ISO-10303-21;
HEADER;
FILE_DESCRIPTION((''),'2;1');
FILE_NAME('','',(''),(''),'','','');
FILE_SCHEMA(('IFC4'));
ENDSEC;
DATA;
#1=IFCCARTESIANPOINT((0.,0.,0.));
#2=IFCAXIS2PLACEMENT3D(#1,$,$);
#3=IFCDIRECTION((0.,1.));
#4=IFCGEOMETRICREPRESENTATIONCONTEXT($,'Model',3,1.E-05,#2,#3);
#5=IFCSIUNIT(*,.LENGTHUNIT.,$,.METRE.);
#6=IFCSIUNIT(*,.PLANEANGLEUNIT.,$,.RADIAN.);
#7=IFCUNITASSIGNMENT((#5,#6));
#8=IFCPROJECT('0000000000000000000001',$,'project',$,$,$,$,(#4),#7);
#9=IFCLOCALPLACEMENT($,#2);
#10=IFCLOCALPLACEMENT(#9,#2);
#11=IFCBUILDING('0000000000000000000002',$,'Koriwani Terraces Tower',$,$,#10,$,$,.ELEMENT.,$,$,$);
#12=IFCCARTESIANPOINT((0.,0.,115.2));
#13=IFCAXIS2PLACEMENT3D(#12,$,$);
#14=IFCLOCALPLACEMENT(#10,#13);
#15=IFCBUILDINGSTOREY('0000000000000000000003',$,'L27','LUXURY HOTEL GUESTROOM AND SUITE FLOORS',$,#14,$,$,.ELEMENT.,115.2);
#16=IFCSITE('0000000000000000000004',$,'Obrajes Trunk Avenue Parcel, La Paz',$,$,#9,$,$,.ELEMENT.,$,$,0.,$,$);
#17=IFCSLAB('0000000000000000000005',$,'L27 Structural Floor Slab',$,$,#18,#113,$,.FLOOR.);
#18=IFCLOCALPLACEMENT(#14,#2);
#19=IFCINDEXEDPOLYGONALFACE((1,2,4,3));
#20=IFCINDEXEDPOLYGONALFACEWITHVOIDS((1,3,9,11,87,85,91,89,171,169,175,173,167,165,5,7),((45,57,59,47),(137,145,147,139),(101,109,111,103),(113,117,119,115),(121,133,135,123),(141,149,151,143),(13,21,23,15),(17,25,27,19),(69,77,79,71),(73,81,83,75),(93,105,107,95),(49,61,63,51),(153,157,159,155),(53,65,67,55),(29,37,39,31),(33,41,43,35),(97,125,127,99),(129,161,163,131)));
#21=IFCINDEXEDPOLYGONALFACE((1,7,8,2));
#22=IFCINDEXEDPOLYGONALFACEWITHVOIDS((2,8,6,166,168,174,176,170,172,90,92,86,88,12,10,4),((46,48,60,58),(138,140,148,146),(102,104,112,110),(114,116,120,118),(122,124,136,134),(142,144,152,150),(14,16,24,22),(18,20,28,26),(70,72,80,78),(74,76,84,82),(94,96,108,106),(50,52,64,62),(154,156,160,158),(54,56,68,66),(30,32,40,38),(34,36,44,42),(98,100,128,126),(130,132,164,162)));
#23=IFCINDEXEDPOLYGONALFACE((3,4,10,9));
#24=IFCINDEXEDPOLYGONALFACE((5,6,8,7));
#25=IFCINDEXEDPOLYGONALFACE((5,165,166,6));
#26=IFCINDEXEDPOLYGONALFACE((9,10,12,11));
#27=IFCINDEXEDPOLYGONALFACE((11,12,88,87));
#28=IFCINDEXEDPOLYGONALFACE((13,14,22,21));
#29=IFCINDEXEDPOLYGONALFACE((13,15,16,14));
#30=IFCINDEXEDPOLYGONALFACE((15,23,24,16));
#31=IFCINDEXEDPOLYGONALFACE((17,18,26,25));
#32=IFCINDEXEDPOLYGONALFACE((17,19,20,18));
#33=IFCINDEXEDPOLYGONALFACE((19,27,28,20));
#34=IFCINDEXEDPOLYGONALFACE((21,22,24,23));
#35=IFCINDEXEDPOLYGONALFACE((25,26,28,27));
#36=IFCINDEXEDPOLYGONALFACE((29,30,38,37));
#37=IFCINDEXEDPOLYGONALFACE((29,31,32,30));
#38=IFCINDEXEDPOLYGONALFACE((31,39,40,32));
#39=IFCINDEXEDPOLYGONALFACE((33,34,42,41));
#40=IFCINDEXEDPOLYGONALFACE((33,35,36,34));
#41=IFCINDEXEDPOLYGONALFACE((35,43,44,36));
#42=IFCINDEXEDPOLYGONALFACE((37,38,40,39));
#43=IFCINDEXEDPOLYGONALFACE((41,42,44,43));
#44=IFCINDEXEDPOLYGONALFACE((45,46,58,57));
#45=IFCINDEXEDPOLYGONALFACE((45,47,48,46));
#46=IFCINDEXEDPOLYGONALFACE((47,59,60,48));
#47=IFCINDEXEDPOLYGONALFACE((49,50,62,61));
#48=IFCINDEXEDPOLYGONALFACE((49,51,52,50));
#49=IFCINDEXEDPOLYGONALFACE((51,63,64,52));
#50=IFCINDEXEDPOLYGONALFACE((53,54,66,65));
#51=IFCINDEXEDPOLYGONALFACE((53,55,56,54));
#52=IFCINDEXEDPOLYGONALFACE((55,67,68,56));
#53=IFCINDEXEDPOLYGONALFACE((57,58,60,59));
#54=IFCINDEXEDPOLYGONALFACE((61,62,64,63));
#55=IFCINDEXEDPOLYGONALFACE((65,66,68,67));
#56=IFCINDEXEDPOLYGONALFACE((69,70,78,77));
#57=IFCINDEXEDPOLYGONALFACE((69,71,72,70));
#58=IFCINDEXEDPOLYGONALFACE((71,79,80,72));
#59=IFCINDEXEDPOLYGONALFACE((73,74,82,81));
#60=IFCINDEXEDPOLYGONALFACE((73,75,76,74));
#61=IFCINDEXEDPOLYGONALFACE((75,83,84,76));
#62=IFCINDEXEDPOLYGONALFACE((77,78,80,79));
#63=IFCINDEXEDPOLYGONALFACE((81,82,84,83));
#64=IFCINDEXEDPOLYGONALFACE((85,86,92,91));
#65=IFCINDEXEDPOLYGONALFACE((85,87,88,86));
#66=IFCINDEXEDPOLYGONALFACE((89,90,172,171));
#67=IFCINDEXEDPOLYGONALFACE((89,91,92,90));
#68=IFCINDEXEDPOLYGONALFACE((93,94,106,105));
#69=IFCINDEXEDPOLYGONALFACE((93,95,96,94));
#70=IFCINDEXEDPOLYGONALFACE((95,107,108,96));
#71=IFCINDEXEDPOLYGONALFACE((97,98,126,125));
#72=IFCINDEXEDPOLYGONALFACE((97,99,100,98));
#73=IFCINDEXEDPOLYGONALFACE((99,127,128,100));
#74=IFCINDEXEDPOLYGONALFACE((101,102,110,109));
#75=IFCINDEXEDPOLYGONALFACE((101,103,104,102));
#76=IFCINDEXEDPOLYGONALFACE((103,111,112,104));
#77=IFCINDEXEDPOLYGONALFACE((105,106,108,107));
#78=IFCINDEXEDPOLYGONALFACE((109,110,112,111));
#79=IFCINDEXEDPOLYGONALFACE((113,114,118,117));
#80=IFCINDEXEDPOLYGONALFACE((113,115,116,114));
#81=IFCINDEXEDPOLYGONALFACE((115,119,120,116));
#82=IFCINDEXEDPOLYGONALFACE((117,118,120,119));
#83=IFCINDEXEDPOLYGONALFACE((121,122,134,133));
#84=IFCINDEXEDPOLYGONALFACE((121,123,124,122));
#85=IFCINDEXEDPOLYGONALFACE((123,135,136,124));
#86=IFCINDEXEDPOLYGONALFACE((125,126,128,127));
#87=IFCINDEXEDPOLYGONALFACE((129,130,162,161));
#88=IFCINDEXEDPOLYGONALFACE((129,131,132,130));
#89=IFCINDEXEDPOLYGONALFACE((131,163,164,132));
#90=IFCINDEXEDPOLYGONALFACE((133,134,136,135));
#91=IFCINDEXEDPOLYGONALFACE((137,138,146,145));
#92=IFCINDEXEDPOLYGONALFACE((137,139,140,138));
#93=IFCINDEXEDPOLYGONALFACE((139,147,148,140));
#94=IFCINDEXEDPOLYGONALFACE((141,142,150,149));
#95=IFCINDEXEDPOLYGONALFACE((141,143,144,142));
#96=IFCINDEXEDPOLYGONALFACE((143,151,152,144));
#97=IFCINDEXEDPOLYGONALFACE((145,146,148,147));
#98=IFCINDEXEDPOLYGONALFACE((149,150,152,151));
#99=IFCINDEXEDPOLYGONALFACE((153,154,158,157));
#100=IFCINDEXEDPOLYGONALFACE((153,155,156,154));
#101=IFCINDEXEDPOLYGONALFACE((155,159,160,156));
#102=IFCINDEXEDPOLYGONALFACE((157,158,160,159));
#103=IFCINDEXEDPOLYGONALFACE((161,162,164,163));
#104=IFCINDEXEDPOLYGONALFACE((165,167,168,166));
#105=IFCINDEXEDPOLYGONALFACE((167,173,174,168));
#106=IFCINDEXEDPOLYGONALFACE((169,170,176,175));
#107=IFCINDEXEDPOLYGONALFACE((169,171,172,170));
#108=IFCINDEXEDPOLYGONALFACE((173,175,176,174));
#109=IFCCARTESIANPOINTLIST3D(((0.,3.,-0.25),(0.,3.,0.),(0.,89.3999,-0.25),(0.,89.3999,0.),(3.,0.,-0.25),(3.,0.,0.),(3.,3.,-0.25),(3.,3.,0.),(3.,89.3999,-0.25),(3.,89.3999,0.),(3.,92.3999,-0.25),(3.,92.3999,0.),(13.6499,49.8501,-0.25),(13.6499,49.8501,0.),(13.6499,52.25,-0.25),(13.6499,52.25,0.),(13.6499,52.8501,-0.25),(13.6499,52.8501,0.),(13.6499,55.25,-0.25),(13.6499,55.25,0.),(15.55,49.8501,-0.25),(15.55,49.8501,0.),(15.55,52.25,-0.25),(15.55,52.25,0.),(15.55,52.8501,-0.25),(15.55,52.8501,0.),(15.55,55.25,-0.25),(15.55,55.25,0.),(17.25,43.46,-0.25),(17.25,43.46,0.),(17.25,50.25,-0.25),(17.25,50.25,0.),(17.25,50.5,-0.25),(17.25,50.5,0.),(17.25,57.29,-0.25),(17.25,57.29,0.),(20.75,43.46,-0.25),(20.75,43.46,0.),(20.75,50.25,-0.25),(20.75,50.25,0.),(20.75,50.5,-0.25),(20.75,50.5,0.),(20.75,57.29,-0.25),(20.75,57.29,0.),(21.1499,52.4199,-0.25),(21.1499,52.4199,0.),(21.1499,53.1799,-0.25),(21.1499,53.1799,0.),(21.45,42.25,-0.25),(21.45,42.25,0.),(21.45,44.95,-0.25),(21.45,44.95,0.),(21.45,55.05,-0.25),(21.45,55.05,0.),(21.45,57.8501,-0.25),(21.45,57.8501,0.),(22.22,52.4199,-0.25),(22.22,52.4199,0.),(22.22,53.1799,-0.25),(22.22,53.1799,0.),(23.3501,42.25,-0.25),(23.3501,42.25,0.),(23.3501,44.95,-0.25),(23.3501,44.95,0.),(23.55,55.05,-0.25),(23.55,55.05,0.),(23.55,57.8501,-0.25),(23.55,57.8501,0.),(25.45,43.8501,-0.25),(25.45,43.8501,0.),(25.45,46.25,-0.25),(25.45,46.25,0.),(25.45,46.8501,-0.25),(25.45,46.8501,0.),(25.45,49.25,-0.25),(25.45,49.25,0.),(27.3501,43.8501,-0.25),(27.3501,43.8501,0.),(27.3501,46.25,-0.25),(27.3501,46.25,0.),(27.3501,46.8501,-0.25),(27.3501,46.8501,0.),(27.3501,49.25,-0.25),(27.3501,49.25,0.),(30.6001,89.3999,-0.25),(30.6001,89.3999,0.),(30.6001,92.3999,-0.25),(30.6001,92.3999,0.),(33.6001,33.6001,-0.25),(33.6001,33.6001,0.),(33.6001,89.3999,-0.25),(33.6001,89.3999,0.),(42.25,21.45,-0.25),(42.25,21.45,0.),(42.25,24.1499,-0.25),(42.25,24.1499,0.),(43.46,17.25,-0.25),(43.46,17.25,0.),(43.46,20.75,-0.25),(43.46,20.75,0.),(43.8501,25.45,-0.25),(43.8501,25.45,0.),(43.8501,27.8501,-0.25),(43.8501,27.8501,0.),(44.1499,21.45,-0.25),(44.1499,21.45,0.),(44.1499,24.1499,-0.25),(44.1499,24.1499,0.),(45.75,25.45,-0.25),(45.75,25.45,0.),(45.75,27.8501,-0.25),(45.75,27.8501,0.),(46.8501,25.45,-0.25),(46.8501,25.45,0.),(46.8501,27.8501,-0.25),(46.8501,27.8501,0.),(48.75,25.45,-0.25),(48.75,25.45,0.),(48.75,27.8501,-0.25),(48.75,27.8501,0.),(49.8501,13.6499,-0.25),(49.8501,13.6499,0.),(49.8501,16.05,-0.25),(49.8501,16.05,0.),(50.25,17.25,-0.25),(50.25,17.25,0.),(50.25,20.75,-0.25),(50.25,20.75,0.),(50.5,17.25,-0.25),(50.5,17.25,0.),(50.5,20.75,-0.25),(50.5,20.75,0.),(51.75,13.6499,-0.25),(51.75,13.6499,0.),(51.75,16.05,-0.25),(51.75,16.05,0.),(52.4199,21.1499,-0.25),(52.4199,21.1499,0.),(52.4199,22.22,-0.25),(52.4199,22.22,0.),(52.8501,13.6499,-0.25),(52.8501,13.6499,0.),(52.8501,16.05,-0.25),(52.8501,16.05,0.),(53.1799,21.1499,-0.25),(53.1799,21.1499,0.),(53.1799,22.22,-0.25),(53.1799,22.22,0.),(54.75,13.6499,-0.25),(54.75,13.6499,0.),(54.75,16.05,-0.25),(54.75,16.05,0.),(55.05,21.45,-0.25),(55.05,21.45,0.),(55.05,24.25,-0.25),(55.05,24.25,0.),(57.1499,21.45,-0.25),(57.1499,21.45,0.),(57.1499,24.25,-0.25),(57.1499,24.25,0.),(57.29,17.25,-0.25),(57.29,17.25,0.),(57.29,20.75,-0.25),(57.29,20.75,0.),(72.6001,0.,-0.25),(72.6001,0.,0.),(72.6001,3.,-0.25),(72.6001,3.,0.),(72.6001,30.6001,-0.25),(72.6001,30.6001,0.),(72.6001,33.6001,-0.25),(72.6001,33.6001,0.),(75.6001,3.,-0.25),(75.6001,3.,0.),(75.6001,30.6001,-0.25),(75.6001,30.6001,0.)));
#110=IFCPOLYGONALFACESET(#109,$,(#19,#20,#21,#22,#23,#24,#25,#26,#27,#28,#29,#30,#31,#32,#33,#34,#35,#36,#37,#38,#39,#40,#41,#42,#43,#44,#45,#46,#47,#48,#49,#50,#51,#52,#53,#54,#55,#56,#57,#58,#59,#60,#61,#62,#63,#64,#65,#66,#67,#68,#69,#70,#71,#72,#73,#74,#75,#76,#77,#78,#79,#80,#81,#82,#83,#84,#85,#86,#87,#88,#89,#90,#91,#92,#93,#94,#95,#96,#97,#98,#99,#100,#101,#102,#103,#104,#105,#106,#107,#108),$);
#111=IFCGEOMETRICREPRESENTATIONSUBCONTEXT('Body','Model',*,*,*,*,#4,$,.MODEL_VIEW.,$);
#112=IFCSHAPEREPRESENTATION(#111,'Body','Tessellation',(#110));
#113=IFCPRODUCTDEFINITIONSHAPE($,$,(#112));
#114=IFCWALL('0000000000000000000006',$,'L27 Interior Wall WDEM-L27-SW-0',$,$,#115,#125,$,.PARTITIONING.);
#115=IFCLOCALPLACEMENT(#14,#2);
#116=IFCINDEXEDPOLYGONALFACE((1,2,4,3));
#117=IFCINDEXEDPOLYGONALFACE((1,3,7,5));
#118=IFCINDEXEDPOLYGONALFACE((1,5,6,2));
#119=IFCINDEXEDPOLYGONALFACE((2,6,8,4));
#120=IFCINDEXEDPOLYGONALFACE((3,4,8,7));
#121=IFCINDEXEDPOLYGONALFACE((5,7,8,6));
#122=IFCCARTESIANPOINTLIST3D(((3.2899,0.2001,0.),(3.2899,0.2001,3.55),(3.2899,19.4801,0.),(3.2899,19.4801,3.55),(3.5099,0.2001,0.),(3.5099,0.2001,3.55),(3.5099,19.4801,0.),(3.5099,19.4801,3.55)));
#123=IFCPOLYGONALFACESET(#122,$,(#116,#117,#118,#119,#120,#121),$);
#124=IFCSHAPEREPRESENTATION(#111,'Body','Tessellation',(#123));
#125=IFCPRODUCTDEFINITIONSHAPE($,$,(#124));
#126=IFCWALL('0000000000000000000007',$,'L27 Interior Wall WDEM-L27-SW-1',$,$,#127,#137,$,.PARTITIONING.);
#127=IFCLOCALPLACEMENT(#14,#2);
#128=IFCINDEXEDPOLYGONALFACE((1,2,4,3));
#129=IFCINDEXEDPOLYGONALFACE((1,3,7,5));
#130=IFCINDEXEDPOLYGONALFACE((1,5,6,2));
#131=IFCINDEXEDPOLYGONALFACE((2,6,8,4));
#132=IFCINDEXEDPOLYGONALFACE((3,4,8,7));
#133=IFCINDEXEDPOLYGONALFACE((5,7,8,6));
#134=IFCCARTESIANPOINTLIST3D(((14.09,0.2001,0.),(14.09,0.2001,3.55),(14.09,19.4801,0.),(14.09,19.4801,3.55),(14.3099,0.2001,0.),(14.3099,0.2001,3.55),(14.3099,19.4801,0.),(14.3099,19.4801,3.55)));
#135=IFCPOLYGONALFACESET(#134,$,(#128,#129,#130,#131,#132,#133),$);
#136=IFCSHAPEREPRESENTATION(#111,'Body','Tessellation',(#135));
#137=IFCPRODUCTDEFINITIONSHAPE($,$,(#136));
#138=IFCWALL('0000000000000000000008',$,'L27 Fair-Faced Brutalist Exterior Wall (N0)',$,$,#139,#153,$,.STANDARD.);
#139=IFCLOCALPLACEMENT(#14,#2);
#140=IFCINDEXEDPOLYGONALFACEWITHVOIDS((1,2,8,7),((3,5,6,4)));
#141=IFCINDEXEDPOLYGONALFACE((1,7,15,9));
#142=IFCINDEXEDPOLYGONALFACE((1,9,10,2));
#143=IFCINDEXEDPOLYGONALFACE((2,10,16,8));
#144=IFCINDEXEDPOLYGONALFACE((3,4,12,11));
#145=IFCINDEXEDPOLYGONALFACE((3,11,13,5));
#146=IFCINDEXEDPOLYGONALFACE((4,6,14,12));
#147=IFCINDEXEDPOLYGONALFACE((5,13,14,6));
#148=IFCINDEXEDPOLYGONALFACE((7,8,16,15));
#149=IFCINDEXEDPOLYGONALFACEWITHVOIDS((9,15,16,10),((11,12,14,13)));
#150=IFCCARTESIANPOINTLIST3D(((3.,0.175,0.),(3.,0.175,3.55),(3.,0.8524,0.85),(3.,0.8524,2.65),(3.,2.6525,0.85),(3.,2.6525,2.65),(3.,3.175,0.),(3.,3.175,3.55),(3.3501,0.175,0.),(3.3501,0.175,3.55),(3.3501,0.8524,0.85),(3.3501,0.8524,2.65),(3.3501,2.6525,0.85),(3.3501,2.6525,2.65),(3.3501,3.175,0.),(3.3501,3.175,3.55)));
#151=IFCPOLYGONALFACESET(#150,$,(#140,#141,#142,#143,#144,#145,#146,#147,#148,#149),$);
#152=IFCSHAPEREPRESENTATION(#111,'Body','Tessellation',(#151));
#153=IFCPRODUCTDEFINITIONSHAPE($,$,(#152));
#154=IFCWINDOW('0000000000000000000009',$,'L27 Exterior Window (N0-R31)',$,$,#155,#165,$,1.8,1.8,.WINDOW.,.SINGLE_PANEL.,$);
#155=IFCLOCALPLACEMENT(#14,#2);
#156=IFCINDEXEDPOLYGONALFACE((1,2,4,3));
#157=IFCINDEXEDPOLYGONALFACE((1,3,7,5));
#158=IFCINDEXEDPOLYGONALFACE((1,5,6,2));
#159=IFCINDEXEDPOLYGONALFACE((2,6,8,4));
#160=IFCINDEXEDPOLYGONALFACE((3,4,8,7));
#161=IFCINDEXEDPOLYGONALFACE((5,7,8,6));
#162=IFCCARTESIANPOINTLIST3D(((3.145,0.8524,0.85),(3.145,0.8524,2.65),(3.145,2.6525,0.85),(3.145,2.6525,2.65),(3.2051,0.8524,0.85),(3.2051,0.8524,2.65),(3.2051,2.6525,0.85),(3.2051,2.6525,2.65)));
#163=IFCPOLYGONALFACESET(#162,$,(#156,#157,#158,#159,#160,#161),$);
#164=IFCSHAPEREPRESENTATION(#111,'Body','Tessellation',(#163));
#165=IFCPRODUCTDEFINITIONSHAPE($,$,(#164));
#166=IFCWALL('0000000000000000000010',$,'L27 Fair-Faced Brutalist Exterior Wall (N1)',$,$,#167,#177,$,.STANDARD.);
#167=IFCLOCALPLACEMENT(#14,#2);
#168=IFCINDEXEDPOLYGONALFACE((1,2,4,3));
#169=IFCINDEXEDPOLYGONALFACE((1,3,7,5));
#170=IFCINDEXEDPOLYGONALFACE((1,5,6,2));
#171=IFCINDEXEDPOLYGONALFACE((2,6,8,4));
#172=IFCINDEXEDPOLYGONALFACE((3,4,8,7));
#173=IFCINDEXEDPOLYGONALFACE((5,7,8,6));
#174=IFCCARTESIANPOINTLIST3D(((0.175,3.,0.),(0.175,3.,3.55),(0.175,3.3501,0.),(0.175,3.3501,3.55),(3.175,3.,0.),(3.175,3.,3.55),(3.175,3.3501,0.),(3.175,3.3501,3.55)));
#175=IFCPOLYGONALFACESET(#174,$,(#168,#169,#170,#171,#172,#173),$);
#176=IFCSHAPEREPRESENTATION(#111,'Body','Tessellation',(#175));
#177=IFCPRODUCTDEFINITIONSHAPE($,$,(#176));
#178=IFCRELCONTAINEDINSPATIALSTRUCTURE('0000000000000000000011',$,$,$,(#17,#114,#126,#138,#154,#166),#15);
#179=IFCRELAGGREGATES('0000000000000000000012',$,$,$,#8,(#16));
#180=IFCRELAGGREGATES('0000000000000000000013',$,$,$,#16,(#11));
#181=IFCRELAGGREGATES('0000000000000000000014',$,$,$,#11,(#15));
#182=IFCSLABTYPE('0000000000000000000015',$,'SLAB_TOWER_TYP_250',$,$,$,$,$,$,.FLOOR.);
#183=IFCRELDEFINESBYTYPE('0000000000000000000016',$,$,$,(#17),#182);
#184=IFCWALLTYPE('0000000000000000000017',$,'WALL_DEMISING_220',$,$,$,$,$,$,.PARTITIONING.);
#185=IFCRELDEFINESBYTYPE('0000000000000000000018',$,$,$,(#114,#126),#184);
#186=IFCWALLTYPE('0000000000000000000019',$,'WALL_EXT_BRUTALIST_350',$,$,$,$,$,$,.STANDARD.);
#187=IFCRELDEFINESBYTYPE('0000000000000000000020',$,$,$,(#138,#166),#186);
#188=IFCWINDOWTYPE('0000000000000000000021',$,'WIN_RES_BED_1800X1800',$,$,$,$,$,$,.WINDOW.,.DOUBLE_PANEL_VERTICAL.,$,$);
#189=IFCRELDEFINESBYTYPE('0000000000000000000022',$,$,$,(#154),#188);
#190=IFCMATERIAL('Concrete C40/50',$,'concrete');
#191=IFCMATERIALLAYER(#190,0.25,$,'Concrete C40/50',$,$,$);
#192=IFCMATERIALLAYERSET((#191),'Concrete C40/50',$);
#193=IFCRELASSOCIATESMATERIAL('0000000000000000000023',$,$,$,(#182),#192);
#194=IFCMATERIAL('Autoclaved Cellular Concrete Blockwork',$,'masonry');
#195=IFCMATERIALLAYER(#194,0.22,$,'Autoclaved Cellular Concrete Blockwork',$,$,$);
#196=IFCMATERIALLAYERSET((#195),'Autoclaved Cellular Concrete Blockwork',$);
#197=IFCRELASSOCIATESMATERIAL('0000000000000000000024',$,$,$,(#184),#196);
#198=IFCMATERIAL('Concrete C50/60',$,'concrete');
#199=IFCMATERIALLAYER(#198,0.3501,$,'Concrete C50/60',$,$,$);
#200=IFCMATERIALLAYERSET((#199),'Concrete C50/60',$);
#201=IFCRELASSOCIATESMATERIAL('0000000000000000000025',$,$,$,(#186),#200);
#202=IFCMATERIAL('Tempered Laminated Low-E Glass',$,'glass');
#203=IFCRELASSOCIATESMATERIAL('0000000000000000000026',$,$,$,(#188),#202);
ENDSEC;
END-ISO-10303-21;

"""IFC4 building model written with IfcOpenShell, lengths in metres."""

from ifc_helpers import new_model, si_unit, direction, frame, frame_2d, origin, place, context, subcontext, project, spatial, polyline, rectangle, outline, extrude, material, layer, layer_set, type_object, element, fill, save


model = new_model("IFC4")

# Units and contexts
model_context = context("Model", 3, precision=1e-05, world=origin(), true_north=direction((0.0, 1.0)))
body_context = subcontext(model_context, "Body", "Model", "MODEL_VIEW")
ifc_project = project(units=[si_unit("LENGTHUNIT", "METRE"), si_unit("PLANEANGLEUNIT", "RADIAN")], contexts=[model_context])

# Site, building, storey
site_placement = place(None, origin())
site = spatial("IfcSite", under=ifc_project, at=site_placement, Name="Obrajes Trunk Avenue Parcel, La Paz", CompositionType="ELEMENT", RefElevation=0.0)
building_placement = place(site_placement, origin())
building = spatial("IfcBuilding", under=site, at=building_placement, Name="Koriwani Terraces Tower", CompositionType="ELEMENT")
storey_placement = place(building_placement, frame((0.0, 0.0, 115.2)))
storey = spatial("IfcBuildingStorey", under=building, at=storey_placement, Name="L27", Description="LUXURY HOTEL GUESTROOM AND SUITE FLOORS", CompositionType="ELEMENT", Elevation=115.2)

# Shared definitions
ifc_material_1 = material(Name="Concrete C40/50", Category="concrete")
ifc_material_2 = material(Name="Concrete C50/60", Category="concrete")

# Slab
ifc_layer_1 = layer(ifc_material_1, 0.25, Name="Concrete C40/50")
ifc_layer_set_1 = layer_set([ifc_layer_1], Name="Concrete C40/50")
slab_type_1 = type_object("IfcSlabType", Name="SLAB_TOWER_TYP_250", PredefinedType="FLOOR", material=ifc_layer_set_1)
slab_1_placement = place(storey_placement, frame((0.0, 0.0, -0.25)))
element("IfcSlab", 1, at=slab_1_placement, inside=storey, type_object=slab_type_1, Name="L27 Structural Floor Slab", PredefinedType="FLOOR", context=body_context, shape_type="SweptSolid", body=[
    extrude(outline(polyline([(3.0, 0.0), (72.6001, 0.0), (72.6001, 3.0), (75.6001, 3.0), (75.6001, 30.6001), (72.6001, 30.6001), (72.6001, 33.6001), (33.6001, 33.6001), (33.6001, 89.3999), (30.6001, 89.3999), (30.6001, 92.3999), (3.0, 92.3999), (3.0, 89.3999), (0.0, 89.3999), (0.0, 3.0), (3.0, 3.0), (3.0, 0.0)]), holes=[polyline([(17.25, 43.46), (20.75, 43.46), (20.75, 50.25), (17.25, 50.25), (17.25, 43.46)]), polyline([(17.25, 50.5), (20.75, 50.5), (20.75, 57.29), (17.25, 57.29), (17.25, 50.5)]), polyline([(43.46, 17.25), (50.25, 17.25), (50.25, 20.75), (43.46, 20.75), (43.46, 17.25)]), polyline([(50.5, 17.25), (57.29, 17.25), (57.29, 20.75), (50.5, 20.75), (50.5, 17.25)]), polyline([(13.6499, 49.8501), (15.55, 49.8501), (15.55, 52.25), (13.6499, 52.25), (13.6499, 49.8501)]), polyline([(13.6499, 52.8501), (15.55, 52.8501), (15.55, 55.25), (13.6499, 55.25), (13.6499, 52.8501)]), polyline([(49.8501, 13.6499), (51.75, 13.6499), (51.75, 16.05), (49.8501, 16.05), (49.8501, 13.6499)]), polyline([(52.8501, 13.6499), (54.75, 13.6499), (54.75, 16.05), (52.8501, 16.05), (52.8501, 13.6499)]), polyline([(25.45, 43.8501), (27.3501, 43.8501), (27.3501, 46.25), (25.45, 46.25), (25.45, 43.8501)]), polyline([(25.45, 46.8501), (27.3501, 46.8501), (27.3501, 49.25), (25.45, 49.25), (25.45, 46.8501)]), polyline([(43.8501, 25.45), (45.75, 25.45), (45.75, 27.8501), (43.8501, 27.8501), (43.8501, 25.45)]), polyline([(46.8501, 25.45), (48.75, 25.45), (48.75, 27.8501), (46.8501, 27.8501), (46.8501, 25.45)]), polyline([(21.45, 55.05), (23.55, 55.05), (23.55, 57.8501), (21.45, 57.8501), (21.45, 55.05)]), polyline([(55.05, 21.45), (57.1499, 21.45), (57.1499, 24.25), (55.05, 24.25), (55.05, 21.45)]), polyline([(21.45, 42.25), (23.3501, 42.25), (23.3501, 44.95), (21.45, 44.95), (21.45, 42.25)]), polyline([(42.25, 21.45), (44.1499, 21.45), (44.1499, 24.1499), (42.25, 24.1499), (42.25, 21.45)]), polyline([(21.1499, 52.4199), (22.22, 52.4199), (22.22, 53.1799), (21.1499, 53.1799), (21.1499, 52.4199)]), polyline([(52.4199, 21.1499), (53.1799, 21.1499), (53.1799, 22.22), (52.4199, 22.22), (52.4199, 21.1499)])]), origin(), (0.0, 0.0, 1.0), 0.25),
])

# Walls
ifc_material_3 = material(Name="Autoclaved Cellular Concrete Blockwork", Category="masonry")
ifc_layer_2 = layer(ifc_material_3, 0.22, Name="Autoclaved Cellular Concrete Blockwork")
ifc_layer_set_2 = layer_set([ifc_layer_2], Name="Autoclaved Cellular Concrete Blockwork")
wall_type_1 = type_object("IfcWallType", Name="WALL_DEMISING_220", PredefinedType="PARTITIONING", material=ifc_layer_set_2)
for number, where, z_axis, x_axis, name in (
    (2, (3.3999, 0.2, 0.0), (0.0, 0.0, 1.0), (0.0, 1.0, 0.0), "L27 Interior Wall WDEM-L27-SW-0"),
    (3, (14.2, 0.2, 0.0), (0.0, 0.0, 1.0), (0.0, 1.0, 0.0), "L27 Interior Wall WDEM-L27-SW-1"),
):
    element("IfcWall", number, at=place(storey_placement, frame(where, z_axis=z_axis, x_axis=x_axis)), inside=storey, type_object=wall_type_1, Name=name, PredefinedType="PARTITIONING", context=body_context, shape_type="SweptSolid", body=[
        extrude(rectangle(XDim=19.28, YDim=0.22, at=frame_2d((9.6401, 0.0))), origin(), (0.0, 0.0, 1.0), 3.55),
    ])

# Wall, opening, window
ifc_layer_3 = layer(ifc_material_2, 0.3501, Name="Concrete C50/60")
ifc_layer_set_3 = layer_set([ifc_layer_3], Name="Concrete C50/60")
wall_type_2 = type_object("IfcWallType", Name="WALL_EXT_BRUTALIST_350", PredefinedType="STANDARD", material=ifc_layer_set_3)
wall_1_placement = place(storey_placement, frame((3.175, 0.175, 0.0), z_axis=(0.0, 0.0, 1.0), x_axis=(0.0, 1.0, 0.0)))
wall_1 = element("IfcWall", 4, at=wall_1_placement, inside=storey, type_object=wall_type_2, Name="L27 Fair-Faced Brutalist Exterior Wall (N0)", PredefinedType="STANDARD", context=body_context, shape_type="SweptSolid", body=[
    extrude(rectangle(XDim=3.0, YDim=0.3501, at=frame_2d((1.5, 0.0))), origin(), (0.0, 0.0, 1.0), 3.55),
])
opening_1_placement = place(wall_1_placement, frame((0.6775, 0.0, 0.8501)))
opening_1 = element("IfcOpeningElement", 5, at=opening_1_placement, cuts=wall_1, PredefinedType="OPENING", context=body_context, shape_type="SweptSolid", body=[
    extrude(rectangle(XDim=1.8, YDim=1.8, at=frame_2d((0.8999, 0.8999))), frame((0.0, 0.1851, 0.0), z_axis=(0.0, -1.0, 0.0), x_axis=(1.0, 0.0, 0.0)), (0.0, 0.0, 1.0), 0.3701),
])
ifc_material_4 = material(Name="Tempered Laminated Low-E Glass", Category="glass")
window_type_1 = type_object("IfcWindowType", Name="WIN_RES_BED_1800X1800", PartitioningType="DOUBLE_PANEL_VERTICAL", PredefinedType="WINDOW", material=ifc_material_4)
window_1_placement = place(opening_1_placement, origin())
window_1 = element("IfcWindow", 6, at=window_1_placement, inside=storey, type_object=window_type_1, Name="L27 Exterior Window (N0-R31)", OverallHeight=1.8, OverallWidth=1.8, PartitioningType="SINGLE_PANEL", PredefinedType="WINDOW", context=body_context, shape_type="SweptSolid", body=[
    extrude(rectangle(XDim=1.8, YDim=1.8, at=frame_2d((0.8999, 0.8999))), frame((0.0, 0.03, 0.0), z_axis=(0.0, -1.0, 0.0), x_axis=(1.0, 0.0, 0.0)), (0.0, 0.0, 1.0), 0.0601),
])
fill(opening_1, window_1)

# Wall
wall_2_placement = place(storey_placement, frame((3.175, 3.175, 0.0), z_axis=(0.0, 0.0, 1.0), x_axis=(-1.0, 0.0, 0.0)))
element("IfcWall", 7, at=wall_2_placement, inside=storey, type_object=wall_type_2, Name="L27 Fair-Faced Brutalist Exterior Wall (N1)", PredefinedType="STANDARD", context=body_context, shape_type="SweptSolid", body=[
    extrude(rectangle(XDim=3.0, YDim=0.3501, at=frame_2d((1.5, 0.0))), origin(), (0.0, 0.0, 1.0), 3.55),
])

save(model, "model.ifc")
